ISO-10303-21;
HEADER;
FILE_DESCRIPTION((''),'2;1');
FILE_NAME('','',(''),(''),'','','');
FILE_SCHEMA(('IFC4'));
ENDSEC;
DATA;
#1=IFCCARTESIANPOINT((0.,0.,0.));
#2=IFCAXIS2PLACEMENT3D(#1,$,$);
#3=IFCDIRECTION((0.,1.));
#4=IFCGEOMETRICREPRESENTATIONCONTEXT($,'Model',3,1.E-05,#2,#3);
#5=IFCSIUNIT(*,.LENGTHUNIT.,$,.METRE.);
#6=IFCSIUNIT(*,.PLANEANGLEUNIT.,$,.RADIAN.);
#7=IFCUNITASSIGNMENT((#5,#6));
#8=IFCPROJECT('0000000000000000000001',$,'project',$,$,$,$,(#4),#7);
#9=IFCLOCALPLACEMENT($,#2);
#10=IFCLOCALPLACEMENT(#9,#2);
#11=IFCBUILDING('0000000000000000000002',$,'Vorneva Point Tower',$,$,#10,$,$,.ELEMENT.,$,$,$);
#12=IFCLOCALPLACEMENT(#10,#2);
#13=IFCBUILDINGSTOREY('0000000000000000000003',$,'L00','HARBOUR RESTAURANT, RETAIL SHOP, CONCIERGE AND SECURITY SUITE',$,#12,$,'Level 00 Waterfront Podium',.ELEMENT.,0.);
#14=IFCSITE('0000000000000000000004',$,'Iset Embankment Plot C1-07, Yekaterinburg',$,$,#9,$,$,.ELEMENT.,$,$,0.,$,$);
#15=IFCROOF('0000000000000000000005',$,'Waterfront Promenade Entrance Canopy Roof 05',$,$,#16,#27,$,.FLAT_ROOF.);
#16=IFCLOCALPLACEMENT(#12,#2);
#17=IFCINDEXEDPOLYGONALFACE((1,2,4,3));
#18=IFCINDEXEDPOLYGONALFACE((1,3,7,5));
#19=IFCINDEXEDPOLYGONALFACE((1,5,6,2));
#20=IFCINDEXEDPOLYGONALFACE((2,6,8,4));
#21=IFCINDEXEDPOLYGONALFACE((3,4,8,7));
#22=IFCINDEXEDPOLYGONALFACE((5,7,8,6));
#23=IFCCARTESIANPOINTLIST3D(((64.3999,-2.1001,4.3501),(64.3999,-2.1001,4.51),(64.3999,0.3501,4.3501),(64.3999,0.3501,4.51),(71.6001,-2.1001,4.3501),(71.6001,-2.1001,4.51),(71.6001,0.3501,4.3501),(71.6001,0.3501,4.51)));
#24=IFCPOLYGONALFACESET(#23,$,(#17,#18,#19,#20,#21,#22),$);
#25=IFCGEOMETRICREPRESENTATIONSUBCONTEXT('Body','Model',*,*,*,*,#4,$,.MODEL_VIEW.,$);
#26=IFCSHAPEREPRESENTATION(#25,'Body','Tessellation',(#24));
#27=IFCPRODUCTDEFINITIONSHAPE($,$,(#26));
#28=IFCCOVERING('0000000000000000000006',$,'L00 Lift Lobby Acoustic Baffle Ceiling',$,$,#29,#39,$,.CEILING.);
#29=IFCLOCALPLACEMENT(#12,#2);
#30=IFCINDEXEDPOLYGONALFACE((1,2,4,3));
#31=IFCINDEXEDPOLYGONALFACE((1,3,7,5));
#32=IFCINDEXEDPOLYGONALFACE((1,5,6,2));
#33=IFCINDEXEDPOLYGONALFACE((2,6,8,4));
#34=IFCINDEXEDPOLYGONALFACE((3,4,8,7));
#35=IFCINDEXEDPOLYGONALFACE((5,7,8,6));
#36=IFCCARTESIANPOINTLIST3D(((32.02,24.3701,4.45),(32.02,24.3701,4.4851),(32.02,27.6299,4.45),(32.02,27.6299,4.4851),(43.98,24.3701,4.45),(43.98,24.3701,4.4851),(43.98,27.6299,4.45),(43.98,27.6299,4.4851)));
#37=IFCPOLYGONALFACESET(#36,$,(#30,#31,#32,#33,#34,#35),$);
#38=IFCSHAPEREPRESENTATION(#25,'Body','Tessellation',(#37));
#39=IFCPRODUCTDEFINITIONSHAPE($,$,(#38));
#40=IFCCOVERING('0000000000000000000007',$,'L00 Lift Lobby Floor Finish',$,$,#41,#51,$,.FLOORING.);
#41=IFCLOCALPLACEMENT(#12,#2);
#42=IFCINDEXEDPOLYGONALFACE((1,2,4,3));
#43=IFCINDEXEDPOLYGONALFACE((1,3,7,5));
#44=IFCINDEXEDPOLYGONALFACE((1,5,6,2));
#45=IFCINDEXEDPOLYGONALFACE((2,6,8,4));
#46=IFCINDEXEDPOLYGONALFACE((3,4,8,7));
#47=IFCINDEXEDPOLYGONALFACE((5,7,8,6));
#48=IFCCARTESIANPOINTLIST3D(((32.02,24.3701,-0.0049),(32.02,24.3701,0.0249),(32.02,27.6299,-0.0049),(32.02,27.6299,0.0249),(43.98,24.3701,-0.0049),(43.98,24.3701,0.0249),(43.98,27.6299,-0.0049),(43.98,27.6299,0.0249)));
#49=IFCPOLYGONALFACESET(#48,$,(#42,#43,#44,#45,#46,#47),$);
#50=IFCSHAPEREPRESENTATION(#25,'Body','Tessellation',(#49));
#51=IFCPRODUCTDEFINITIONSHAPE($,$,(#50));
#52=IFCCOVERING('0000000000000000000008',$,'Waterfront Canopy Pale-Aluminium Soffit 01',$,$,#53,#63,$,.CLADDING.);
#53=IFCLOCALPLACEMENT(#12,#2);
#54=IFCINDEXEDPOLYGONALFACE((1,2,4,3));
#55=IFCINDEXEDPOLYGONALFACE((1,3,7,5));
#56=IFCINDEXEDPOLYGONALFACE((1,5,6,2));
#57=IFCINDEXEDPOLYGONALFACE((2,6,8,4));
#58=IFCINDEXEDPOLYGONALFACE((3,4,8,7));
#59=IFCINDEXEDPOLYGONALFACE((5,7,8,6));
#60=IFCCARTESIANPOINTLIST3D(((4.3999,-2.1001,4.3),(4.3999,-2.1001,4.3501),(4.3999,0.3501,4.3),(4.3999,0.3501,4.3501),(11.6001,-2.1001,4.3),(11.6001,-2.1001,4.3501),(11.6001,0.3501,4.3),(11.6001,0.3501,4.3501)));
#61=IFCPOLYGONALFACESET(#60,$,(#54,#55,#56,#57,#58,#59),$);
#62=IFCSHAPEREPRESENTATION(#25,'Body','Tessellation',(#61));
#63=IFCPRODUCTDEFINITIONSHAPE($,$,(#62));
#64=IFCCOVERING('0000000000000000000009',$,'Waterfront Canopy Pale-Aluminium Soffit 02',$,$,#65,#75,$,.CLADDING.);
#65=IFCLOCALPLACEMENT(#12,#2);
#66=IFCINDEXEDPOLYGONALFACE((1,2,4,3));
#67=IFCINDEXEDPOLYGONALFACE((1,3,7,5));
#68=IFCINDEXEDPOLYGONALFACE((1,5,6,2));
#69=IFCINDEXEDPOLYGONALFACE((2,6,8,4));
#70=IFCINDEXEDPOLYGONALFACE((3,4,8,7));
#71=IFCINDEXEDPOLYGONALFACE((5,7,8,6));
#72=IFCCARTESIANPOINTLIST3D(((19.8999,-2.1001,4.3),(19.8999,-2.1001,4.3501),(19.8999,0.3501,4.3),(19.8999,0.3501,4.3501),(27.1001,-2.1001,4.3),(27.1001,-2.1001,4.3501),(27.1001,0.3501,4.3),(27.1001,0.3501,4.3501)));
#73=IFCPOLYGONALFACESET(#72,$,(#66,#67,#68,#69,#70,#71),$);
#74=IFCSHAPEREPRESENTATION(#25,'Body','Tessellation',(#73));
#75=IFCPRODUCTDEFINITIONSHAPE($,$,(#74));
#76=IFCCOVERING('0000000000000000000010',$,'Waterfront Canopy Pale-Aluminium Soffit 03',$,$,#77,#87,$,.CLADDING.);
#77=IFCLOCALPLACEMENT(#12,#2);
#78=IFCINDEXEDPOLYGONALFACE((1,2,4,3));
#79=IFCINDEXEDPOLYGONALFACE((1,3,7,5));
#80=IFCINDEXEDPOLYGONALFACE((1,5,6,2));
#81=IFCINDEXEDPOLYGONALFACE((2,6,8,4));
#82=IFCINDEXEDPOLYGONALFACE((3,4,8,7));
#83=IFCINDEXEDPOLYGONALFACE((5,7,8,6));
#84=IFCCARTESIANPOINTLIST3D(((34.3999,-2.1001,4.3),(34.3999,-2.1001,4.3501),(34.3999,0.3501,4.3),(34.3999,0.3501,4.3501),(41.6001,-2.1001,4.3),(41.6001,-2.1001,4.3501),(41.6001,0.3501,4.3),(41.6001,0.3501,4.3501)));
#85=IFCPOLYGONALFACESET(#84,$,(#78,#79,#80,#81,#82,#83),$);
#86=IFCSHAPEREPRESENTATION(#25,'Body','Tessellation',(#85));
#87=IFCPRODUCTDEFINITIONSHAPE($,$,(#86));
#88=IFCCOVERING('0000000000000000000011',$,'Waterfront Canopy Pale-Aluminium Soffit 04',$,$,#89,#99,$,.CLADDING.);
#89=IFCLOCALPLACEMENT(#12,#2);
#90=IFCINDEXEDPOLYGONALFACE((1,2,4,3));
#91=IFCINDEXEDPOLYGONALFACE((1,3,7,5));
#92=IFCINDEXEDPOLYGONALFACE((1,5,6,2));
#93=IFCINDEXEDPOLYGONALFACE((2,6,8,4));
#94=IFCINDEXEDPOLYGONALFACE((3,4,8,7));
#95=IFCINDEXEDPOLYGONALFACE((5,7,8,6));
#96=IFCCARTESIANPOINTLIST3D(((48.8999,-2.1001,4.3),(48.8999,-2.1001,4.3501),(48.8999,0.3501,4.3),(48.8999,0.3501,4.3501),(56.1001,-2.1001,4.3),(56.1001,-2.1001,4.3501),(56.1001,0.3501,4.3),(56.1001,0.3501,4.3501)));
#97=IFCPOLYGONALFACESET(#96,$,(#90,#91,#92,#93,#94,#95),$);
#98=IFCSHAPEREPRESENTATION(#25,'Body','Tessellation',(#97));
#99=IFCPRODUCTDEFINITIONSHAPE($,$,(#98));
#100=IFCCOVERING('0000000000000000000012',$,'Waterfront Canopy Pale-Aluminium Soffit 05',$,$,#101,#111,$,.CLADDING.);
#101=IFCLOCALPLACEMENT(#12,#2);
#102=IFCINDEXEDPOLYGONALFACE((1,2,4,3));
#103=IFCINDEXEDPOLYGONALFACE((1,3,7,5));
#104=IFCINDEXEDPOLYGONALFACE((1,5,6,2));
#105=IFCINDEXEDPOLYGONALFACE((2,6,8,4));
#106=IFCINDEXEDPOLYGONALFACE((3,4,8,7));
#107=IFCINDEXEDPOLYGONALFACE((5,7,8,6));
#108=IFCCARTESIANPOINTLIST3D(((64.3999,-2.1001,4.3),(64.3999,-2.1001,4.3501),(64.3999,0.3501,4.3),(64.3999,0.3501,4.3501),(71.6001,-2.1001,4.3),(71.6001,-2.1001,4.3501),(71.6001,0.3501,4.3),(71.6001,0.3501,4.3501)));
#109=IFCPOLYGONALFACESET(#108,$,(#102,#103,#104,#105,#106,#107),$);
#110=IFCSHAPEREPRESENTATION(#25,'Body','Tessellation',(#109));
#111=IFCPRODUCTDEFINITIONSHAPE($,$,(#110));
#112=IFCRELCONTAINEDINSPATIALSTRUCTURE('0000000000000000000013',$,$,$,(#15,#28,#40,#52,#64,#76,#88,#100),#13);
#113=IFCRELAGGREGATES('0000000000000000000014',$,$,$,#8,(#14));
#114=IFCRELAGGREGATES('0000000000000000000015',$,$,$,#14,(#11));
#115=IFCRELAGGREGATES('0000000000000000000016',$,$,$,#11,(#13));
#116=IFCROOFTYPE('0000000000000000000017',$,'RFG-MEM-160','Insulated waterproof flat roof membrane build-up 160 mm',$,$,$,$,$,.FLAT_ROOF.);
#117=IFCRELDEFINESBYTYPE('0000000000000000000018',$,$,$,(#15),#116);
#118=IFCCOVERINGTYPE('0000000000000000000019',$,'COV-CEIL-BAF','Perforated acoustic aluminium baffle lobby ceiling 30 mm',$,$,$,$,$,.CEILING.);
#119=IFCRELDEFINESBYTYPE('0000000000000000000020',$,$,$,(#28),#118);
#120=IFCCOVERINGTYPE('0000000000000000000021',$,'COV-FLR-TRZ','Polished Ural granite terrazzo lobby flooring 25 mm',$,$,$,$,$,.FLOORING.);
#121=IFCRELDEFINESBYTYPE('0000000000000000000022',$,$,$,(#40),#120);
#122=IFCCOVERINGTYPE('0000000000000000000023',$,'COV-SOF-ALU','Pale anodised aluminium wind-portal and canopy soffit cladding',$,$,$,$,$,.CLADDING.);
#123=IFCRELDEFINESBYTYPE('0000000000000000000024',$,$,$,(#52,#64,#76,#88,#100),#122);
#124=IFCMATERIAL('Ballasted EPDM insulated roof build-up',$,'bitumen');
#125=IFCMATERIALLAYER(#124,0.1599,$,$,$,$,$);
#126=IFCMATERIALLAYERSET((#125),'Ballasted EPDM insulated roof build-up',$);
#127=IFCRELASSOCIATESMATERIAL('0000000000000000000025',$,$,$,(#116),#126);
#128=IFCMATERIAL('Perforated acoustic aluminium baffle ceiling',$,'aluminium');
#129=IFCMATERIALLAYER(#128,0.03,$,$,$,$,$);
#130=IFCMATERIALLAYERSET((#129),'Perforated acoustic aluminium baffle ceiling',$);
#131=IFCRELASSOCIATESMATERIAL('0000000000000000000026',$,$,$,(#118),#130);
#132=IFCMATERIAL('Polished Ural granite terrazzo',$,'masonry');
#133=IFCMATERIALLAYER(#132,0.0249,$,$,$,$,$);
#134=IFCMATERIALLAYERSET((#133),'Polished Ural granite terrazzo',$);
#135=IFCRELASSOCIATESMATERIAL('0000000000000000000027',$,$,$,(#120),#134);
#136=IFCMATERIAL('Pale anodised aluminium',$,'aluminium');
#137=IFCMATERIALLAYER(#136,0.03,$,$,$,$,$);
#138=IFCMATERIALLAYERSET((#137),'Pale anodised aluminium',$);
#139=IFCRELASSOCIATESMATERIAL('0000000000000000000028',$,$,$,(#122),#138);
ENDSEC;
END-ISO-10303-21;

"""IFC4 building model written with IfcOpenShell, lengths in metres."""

from ifc_helpers import new_model, si_unit, direction, frame, origin, place, context, subcontext, project, spatial, polyline, outline, extrude, material, layer, layer_set, type_object, element, save


model = new_model("IFC4")

# Units and contexts
model_context = context("Model", 3, precision=1e-05, world=origin(), true_north=direction((0.0, 1.0)))
body_context = subcontext(model_context, "Body", "Model", "MODEL_VIEW")
ifc_project = project(units=[si_unit("LENGTHUNIT", "METRE"), si_unit("PLANEANGLEUNIT", "RADIAN")], contexts=[model_context])

# Site, building, storey
site_placement = place(None, origin())
site = spatial("IfcSite", under=ifc_project, at=site_placement, Name="Iset Embankment Plot C1-07, Yekaterinburg", CompositionType="ELEMENT", RefElevation=0.0)
building_placement = place(site_placement, origin())
building = spatial("IfcBuilding", under=site, at=building_placement, Name="Vorneva Point Tower", CompositionType="ELEMENT")
storey_placement = place(building_placement, origin())
storey = spatial("IfcBuildingStorey", under=building, at=storey_placement, Name="L00", Description="HARBOUR RESTAURANT, RETAIL SHOP, CONCIERGE AND SECURITY SUITE", LongName="Level 00 Waterfront Podium", CompositionType="ELEMENT", Elevation=0.0)

# Shared definitions
ifc_material_1 = material(Name="Pale anodised aluminium", Category="aluminium")

# Roof
ifc_material_2 = material(Name="Ballasted EPDM insulated roof build-up", Category="bitumen")
ifc_layer_1 = layer(ifc_material_2, 0.1599)
ifc_layer_set_1 = layer_set([ifc_layer_1], Name="Ballasted EPDM insulated roof build-up")
roof_type = type_object("IfcRoofType", Name="RFG-MEM-160", Description="Insulated waterproof flat roof membrane build-up 160 mm", PredefinedType="FLAT_ROOF", material=ifc_layer_set_1)
roof_1_placement = place(storey_placement, frame((0.0, 0.0, 4.3501)))
element("IfcRoof", 1, at=roof_1_placement, inside=storey, type_object=roof_type, Name="Waterfront Promenade Entrance Canopy Roof 05", PredefinedType="FLAT_ROOF", context=body_context, shape_type="SweptSolid", body=[
    extrude(outline(polyline([(64.3999, -2.1001), (71.6001, -2.1001), (71.6001, 0.3501), (64.3999, 0.3501), (64.3999, -2.1001)])), origin(), (0.0, 0.0, 1.0), 0.1599),
])

# Coverings
ifc_material_3 = material(Name="Perforated acoustic aluminium baffle ceiling", Category="aluminium")
ifc_layer_2 = layer(ifc_material_3, 0.03)
ifc_layer_set_2 = layer_set([ifc_layer_2], Name="Perforated acoustic aluminium baffle ceiling")
covering_type_1 = type_object("IfcCoveringType", Name="COV-CEIL-BAF", Description="Perforated acoustic aluminium baffle lobby ceiling 30 mm", PredefinedType="CEILING", material=ifc_layer_set_2)
covering_1_placement = place(storey_placement, frame((0.0, 0.0, 4.45)))
element("IfcCovering", 2, at=covering_1_placement, inside=storey, type_object=covering_type_1, Name="L00 Lift Lobby Acoustic Baffle Ceiling", PredefinedType="CEILING", context=body_context, shape_type="SweptSolid", body=[
    extrude(outline(polyline([(32.02, 24.3701), (43.98, 24.3701), (43.98, 27.6299), (32.02, 27.6299), (32.02, 24.3701)])), origin(), (0.0, 0.0, 1.0), 0.0352),
])
ifc_material_4 = material(Name="Polished Ural granite terrazzo", Category="masonry")
ifc_layer_3 = layer(ifc_material_4, 0.0249)
ifc_layer_set_3 = layer_set([ifc_layer_3], Name="Polished Ural granite terrazzo")
covering_type_2 = type_object("IfcCoveringType", Name="COV-FLR-TRZ", Description="Polished Ural granite terrazzo lobby flooring 25 mm", PredefinedType="FLOORING", material=ifc_layer_set_3)
covering_2_placement = place(storey_placement, frame((0.0, 0.0, -0.0049)))
element("IfcCovering", 3, at=covering_2_placement, inside=storey, type_object=covering_type_2, Name="L00 Lift Lobby Floor Finish", PredefinedType="FLOORING", context=body_context, shape_type="SweptSolid", body=[
    extrude(outline(polyline([(32.02, 24.3701), (43.98, 24.3701), (43.98, 27.6299), (32.02, 27.6299), (32.02, 24.3701)])), origin(), (0.0, 0.0, 1.0), 0.0298),
])
ifc_layer_4 = layer(ifc_material_1, 0.03)
ifc_layer_set_4 = layer_set([ifc_layer_4], Name="Pale anodised aluminium")
covering_type_3 = type_object("IfcCoveringType", Name="COV-SOF-ALU", Description="Pale anodised aluminium wind-portal and canopy soffit cladding", PredefinedType="CLADDING", material=ifc_layer_set_4)
covering_3_placement = place(storey_placement, frame((0.0, 0.0, 4.3)))
element("IfcCovering", 4, at=covering_3_placement, inside=storey, type_object=covering_type_3, Name="Waterfront Canopy Pale-Aluminium Soffit 01", PredefinedType="CLADDING", context=body_context, shape_type="SweptSolid", body=[
    extrude(outline(polyline([(4.3999, -2.1001), (11.6001, -2.1001), (11.6001, 0.3501), (4.3999, 0.3501), (4.3999, -2.1001)])), origin(), (0.0, 0.0, 1.0), 0.05),
])
covering_4_placement = place(storey_placement, frame((0.0, 0.0, 4.3)))
element("IfcCovering", 5, at=covering_4_placement, inside=storey, type_object=covering_type_3, Name="Waterfront Canopy Pale-Aluminium Soffit 02", PredefinedType="CLADDING", context=body_context, shape_type="SweptSolid", body=[
    extrude(outline(polyline([(19.8999, -2.1001), (27.1001, -2.1001), (27.1001, 0.3501), (19.8999, 0.3501), (19.8999, -2.1001)])), origin(), (0.0, 0.0, 1.0), 0.05),
])
covering_5_placement = place(storey_placement, frame((0.0, 0.0, 4.3)))
element("IfcCovering", 6, at=covering_5_placement, inside=storey, type_object=covering_type_3, Name="Waterfront Canopy Pale-Aluminium Soffit 03", PredefinedType="CLADDING", context=body_context, shape_type="SweptSolid", body=[
    extrude(outline(polyline([(34.3999, -2.1001), (41.6001, -2.1001), (41.6001, 0.3501), (34.3999, 0.3501), (34.3999, -2.1001)])), origin(), (0.0, 0.0, 1.0), 0.05),
])
covering_6_placement = place(storey_placement, frame((0.0, 0.0, 4.3)))
element("IfcCovering", 7, at=covering_6_placement, inside=storey, type_object=covering_type_3, Name="Waterfront Canopy Pale-Aluminium Soffit 04", PredefinedType="CLADDING", context=body_context, shape_type="SweptSolid", body=[
    extrude(outline(polyline([(48.8999, -2.1001), (56.1001, -2.1001), (56.1001, 0.3501), (48.8999, 0.3501), (48.8999, -2.1001)])), origin(), (0.0, 0.0, 1.0), 0.05),
])
covering_7_placement = place(storey_placement, frame((0.0, 0.0, 4.3)))
element("IfcCovering", 8, at=covering_7_placement, inside=storey, type_object=covering_type_3, Name="Waterfront Canopy Pale-Aluminium Soffit 05", PredefinedType="CLADDING", context=body_context, shape_type="SweptSolid", body=[
    extrude(outline(polyline([(64.3999, -2.1001), (71.6001, -2.1001), (71.6001, 0.3501), (64.3999, 0.3501), (64.3999, -2.1001)])), origin(), (0.0, 0.0, 1.0), 0.05),
])

save(model, "model.ifc")
